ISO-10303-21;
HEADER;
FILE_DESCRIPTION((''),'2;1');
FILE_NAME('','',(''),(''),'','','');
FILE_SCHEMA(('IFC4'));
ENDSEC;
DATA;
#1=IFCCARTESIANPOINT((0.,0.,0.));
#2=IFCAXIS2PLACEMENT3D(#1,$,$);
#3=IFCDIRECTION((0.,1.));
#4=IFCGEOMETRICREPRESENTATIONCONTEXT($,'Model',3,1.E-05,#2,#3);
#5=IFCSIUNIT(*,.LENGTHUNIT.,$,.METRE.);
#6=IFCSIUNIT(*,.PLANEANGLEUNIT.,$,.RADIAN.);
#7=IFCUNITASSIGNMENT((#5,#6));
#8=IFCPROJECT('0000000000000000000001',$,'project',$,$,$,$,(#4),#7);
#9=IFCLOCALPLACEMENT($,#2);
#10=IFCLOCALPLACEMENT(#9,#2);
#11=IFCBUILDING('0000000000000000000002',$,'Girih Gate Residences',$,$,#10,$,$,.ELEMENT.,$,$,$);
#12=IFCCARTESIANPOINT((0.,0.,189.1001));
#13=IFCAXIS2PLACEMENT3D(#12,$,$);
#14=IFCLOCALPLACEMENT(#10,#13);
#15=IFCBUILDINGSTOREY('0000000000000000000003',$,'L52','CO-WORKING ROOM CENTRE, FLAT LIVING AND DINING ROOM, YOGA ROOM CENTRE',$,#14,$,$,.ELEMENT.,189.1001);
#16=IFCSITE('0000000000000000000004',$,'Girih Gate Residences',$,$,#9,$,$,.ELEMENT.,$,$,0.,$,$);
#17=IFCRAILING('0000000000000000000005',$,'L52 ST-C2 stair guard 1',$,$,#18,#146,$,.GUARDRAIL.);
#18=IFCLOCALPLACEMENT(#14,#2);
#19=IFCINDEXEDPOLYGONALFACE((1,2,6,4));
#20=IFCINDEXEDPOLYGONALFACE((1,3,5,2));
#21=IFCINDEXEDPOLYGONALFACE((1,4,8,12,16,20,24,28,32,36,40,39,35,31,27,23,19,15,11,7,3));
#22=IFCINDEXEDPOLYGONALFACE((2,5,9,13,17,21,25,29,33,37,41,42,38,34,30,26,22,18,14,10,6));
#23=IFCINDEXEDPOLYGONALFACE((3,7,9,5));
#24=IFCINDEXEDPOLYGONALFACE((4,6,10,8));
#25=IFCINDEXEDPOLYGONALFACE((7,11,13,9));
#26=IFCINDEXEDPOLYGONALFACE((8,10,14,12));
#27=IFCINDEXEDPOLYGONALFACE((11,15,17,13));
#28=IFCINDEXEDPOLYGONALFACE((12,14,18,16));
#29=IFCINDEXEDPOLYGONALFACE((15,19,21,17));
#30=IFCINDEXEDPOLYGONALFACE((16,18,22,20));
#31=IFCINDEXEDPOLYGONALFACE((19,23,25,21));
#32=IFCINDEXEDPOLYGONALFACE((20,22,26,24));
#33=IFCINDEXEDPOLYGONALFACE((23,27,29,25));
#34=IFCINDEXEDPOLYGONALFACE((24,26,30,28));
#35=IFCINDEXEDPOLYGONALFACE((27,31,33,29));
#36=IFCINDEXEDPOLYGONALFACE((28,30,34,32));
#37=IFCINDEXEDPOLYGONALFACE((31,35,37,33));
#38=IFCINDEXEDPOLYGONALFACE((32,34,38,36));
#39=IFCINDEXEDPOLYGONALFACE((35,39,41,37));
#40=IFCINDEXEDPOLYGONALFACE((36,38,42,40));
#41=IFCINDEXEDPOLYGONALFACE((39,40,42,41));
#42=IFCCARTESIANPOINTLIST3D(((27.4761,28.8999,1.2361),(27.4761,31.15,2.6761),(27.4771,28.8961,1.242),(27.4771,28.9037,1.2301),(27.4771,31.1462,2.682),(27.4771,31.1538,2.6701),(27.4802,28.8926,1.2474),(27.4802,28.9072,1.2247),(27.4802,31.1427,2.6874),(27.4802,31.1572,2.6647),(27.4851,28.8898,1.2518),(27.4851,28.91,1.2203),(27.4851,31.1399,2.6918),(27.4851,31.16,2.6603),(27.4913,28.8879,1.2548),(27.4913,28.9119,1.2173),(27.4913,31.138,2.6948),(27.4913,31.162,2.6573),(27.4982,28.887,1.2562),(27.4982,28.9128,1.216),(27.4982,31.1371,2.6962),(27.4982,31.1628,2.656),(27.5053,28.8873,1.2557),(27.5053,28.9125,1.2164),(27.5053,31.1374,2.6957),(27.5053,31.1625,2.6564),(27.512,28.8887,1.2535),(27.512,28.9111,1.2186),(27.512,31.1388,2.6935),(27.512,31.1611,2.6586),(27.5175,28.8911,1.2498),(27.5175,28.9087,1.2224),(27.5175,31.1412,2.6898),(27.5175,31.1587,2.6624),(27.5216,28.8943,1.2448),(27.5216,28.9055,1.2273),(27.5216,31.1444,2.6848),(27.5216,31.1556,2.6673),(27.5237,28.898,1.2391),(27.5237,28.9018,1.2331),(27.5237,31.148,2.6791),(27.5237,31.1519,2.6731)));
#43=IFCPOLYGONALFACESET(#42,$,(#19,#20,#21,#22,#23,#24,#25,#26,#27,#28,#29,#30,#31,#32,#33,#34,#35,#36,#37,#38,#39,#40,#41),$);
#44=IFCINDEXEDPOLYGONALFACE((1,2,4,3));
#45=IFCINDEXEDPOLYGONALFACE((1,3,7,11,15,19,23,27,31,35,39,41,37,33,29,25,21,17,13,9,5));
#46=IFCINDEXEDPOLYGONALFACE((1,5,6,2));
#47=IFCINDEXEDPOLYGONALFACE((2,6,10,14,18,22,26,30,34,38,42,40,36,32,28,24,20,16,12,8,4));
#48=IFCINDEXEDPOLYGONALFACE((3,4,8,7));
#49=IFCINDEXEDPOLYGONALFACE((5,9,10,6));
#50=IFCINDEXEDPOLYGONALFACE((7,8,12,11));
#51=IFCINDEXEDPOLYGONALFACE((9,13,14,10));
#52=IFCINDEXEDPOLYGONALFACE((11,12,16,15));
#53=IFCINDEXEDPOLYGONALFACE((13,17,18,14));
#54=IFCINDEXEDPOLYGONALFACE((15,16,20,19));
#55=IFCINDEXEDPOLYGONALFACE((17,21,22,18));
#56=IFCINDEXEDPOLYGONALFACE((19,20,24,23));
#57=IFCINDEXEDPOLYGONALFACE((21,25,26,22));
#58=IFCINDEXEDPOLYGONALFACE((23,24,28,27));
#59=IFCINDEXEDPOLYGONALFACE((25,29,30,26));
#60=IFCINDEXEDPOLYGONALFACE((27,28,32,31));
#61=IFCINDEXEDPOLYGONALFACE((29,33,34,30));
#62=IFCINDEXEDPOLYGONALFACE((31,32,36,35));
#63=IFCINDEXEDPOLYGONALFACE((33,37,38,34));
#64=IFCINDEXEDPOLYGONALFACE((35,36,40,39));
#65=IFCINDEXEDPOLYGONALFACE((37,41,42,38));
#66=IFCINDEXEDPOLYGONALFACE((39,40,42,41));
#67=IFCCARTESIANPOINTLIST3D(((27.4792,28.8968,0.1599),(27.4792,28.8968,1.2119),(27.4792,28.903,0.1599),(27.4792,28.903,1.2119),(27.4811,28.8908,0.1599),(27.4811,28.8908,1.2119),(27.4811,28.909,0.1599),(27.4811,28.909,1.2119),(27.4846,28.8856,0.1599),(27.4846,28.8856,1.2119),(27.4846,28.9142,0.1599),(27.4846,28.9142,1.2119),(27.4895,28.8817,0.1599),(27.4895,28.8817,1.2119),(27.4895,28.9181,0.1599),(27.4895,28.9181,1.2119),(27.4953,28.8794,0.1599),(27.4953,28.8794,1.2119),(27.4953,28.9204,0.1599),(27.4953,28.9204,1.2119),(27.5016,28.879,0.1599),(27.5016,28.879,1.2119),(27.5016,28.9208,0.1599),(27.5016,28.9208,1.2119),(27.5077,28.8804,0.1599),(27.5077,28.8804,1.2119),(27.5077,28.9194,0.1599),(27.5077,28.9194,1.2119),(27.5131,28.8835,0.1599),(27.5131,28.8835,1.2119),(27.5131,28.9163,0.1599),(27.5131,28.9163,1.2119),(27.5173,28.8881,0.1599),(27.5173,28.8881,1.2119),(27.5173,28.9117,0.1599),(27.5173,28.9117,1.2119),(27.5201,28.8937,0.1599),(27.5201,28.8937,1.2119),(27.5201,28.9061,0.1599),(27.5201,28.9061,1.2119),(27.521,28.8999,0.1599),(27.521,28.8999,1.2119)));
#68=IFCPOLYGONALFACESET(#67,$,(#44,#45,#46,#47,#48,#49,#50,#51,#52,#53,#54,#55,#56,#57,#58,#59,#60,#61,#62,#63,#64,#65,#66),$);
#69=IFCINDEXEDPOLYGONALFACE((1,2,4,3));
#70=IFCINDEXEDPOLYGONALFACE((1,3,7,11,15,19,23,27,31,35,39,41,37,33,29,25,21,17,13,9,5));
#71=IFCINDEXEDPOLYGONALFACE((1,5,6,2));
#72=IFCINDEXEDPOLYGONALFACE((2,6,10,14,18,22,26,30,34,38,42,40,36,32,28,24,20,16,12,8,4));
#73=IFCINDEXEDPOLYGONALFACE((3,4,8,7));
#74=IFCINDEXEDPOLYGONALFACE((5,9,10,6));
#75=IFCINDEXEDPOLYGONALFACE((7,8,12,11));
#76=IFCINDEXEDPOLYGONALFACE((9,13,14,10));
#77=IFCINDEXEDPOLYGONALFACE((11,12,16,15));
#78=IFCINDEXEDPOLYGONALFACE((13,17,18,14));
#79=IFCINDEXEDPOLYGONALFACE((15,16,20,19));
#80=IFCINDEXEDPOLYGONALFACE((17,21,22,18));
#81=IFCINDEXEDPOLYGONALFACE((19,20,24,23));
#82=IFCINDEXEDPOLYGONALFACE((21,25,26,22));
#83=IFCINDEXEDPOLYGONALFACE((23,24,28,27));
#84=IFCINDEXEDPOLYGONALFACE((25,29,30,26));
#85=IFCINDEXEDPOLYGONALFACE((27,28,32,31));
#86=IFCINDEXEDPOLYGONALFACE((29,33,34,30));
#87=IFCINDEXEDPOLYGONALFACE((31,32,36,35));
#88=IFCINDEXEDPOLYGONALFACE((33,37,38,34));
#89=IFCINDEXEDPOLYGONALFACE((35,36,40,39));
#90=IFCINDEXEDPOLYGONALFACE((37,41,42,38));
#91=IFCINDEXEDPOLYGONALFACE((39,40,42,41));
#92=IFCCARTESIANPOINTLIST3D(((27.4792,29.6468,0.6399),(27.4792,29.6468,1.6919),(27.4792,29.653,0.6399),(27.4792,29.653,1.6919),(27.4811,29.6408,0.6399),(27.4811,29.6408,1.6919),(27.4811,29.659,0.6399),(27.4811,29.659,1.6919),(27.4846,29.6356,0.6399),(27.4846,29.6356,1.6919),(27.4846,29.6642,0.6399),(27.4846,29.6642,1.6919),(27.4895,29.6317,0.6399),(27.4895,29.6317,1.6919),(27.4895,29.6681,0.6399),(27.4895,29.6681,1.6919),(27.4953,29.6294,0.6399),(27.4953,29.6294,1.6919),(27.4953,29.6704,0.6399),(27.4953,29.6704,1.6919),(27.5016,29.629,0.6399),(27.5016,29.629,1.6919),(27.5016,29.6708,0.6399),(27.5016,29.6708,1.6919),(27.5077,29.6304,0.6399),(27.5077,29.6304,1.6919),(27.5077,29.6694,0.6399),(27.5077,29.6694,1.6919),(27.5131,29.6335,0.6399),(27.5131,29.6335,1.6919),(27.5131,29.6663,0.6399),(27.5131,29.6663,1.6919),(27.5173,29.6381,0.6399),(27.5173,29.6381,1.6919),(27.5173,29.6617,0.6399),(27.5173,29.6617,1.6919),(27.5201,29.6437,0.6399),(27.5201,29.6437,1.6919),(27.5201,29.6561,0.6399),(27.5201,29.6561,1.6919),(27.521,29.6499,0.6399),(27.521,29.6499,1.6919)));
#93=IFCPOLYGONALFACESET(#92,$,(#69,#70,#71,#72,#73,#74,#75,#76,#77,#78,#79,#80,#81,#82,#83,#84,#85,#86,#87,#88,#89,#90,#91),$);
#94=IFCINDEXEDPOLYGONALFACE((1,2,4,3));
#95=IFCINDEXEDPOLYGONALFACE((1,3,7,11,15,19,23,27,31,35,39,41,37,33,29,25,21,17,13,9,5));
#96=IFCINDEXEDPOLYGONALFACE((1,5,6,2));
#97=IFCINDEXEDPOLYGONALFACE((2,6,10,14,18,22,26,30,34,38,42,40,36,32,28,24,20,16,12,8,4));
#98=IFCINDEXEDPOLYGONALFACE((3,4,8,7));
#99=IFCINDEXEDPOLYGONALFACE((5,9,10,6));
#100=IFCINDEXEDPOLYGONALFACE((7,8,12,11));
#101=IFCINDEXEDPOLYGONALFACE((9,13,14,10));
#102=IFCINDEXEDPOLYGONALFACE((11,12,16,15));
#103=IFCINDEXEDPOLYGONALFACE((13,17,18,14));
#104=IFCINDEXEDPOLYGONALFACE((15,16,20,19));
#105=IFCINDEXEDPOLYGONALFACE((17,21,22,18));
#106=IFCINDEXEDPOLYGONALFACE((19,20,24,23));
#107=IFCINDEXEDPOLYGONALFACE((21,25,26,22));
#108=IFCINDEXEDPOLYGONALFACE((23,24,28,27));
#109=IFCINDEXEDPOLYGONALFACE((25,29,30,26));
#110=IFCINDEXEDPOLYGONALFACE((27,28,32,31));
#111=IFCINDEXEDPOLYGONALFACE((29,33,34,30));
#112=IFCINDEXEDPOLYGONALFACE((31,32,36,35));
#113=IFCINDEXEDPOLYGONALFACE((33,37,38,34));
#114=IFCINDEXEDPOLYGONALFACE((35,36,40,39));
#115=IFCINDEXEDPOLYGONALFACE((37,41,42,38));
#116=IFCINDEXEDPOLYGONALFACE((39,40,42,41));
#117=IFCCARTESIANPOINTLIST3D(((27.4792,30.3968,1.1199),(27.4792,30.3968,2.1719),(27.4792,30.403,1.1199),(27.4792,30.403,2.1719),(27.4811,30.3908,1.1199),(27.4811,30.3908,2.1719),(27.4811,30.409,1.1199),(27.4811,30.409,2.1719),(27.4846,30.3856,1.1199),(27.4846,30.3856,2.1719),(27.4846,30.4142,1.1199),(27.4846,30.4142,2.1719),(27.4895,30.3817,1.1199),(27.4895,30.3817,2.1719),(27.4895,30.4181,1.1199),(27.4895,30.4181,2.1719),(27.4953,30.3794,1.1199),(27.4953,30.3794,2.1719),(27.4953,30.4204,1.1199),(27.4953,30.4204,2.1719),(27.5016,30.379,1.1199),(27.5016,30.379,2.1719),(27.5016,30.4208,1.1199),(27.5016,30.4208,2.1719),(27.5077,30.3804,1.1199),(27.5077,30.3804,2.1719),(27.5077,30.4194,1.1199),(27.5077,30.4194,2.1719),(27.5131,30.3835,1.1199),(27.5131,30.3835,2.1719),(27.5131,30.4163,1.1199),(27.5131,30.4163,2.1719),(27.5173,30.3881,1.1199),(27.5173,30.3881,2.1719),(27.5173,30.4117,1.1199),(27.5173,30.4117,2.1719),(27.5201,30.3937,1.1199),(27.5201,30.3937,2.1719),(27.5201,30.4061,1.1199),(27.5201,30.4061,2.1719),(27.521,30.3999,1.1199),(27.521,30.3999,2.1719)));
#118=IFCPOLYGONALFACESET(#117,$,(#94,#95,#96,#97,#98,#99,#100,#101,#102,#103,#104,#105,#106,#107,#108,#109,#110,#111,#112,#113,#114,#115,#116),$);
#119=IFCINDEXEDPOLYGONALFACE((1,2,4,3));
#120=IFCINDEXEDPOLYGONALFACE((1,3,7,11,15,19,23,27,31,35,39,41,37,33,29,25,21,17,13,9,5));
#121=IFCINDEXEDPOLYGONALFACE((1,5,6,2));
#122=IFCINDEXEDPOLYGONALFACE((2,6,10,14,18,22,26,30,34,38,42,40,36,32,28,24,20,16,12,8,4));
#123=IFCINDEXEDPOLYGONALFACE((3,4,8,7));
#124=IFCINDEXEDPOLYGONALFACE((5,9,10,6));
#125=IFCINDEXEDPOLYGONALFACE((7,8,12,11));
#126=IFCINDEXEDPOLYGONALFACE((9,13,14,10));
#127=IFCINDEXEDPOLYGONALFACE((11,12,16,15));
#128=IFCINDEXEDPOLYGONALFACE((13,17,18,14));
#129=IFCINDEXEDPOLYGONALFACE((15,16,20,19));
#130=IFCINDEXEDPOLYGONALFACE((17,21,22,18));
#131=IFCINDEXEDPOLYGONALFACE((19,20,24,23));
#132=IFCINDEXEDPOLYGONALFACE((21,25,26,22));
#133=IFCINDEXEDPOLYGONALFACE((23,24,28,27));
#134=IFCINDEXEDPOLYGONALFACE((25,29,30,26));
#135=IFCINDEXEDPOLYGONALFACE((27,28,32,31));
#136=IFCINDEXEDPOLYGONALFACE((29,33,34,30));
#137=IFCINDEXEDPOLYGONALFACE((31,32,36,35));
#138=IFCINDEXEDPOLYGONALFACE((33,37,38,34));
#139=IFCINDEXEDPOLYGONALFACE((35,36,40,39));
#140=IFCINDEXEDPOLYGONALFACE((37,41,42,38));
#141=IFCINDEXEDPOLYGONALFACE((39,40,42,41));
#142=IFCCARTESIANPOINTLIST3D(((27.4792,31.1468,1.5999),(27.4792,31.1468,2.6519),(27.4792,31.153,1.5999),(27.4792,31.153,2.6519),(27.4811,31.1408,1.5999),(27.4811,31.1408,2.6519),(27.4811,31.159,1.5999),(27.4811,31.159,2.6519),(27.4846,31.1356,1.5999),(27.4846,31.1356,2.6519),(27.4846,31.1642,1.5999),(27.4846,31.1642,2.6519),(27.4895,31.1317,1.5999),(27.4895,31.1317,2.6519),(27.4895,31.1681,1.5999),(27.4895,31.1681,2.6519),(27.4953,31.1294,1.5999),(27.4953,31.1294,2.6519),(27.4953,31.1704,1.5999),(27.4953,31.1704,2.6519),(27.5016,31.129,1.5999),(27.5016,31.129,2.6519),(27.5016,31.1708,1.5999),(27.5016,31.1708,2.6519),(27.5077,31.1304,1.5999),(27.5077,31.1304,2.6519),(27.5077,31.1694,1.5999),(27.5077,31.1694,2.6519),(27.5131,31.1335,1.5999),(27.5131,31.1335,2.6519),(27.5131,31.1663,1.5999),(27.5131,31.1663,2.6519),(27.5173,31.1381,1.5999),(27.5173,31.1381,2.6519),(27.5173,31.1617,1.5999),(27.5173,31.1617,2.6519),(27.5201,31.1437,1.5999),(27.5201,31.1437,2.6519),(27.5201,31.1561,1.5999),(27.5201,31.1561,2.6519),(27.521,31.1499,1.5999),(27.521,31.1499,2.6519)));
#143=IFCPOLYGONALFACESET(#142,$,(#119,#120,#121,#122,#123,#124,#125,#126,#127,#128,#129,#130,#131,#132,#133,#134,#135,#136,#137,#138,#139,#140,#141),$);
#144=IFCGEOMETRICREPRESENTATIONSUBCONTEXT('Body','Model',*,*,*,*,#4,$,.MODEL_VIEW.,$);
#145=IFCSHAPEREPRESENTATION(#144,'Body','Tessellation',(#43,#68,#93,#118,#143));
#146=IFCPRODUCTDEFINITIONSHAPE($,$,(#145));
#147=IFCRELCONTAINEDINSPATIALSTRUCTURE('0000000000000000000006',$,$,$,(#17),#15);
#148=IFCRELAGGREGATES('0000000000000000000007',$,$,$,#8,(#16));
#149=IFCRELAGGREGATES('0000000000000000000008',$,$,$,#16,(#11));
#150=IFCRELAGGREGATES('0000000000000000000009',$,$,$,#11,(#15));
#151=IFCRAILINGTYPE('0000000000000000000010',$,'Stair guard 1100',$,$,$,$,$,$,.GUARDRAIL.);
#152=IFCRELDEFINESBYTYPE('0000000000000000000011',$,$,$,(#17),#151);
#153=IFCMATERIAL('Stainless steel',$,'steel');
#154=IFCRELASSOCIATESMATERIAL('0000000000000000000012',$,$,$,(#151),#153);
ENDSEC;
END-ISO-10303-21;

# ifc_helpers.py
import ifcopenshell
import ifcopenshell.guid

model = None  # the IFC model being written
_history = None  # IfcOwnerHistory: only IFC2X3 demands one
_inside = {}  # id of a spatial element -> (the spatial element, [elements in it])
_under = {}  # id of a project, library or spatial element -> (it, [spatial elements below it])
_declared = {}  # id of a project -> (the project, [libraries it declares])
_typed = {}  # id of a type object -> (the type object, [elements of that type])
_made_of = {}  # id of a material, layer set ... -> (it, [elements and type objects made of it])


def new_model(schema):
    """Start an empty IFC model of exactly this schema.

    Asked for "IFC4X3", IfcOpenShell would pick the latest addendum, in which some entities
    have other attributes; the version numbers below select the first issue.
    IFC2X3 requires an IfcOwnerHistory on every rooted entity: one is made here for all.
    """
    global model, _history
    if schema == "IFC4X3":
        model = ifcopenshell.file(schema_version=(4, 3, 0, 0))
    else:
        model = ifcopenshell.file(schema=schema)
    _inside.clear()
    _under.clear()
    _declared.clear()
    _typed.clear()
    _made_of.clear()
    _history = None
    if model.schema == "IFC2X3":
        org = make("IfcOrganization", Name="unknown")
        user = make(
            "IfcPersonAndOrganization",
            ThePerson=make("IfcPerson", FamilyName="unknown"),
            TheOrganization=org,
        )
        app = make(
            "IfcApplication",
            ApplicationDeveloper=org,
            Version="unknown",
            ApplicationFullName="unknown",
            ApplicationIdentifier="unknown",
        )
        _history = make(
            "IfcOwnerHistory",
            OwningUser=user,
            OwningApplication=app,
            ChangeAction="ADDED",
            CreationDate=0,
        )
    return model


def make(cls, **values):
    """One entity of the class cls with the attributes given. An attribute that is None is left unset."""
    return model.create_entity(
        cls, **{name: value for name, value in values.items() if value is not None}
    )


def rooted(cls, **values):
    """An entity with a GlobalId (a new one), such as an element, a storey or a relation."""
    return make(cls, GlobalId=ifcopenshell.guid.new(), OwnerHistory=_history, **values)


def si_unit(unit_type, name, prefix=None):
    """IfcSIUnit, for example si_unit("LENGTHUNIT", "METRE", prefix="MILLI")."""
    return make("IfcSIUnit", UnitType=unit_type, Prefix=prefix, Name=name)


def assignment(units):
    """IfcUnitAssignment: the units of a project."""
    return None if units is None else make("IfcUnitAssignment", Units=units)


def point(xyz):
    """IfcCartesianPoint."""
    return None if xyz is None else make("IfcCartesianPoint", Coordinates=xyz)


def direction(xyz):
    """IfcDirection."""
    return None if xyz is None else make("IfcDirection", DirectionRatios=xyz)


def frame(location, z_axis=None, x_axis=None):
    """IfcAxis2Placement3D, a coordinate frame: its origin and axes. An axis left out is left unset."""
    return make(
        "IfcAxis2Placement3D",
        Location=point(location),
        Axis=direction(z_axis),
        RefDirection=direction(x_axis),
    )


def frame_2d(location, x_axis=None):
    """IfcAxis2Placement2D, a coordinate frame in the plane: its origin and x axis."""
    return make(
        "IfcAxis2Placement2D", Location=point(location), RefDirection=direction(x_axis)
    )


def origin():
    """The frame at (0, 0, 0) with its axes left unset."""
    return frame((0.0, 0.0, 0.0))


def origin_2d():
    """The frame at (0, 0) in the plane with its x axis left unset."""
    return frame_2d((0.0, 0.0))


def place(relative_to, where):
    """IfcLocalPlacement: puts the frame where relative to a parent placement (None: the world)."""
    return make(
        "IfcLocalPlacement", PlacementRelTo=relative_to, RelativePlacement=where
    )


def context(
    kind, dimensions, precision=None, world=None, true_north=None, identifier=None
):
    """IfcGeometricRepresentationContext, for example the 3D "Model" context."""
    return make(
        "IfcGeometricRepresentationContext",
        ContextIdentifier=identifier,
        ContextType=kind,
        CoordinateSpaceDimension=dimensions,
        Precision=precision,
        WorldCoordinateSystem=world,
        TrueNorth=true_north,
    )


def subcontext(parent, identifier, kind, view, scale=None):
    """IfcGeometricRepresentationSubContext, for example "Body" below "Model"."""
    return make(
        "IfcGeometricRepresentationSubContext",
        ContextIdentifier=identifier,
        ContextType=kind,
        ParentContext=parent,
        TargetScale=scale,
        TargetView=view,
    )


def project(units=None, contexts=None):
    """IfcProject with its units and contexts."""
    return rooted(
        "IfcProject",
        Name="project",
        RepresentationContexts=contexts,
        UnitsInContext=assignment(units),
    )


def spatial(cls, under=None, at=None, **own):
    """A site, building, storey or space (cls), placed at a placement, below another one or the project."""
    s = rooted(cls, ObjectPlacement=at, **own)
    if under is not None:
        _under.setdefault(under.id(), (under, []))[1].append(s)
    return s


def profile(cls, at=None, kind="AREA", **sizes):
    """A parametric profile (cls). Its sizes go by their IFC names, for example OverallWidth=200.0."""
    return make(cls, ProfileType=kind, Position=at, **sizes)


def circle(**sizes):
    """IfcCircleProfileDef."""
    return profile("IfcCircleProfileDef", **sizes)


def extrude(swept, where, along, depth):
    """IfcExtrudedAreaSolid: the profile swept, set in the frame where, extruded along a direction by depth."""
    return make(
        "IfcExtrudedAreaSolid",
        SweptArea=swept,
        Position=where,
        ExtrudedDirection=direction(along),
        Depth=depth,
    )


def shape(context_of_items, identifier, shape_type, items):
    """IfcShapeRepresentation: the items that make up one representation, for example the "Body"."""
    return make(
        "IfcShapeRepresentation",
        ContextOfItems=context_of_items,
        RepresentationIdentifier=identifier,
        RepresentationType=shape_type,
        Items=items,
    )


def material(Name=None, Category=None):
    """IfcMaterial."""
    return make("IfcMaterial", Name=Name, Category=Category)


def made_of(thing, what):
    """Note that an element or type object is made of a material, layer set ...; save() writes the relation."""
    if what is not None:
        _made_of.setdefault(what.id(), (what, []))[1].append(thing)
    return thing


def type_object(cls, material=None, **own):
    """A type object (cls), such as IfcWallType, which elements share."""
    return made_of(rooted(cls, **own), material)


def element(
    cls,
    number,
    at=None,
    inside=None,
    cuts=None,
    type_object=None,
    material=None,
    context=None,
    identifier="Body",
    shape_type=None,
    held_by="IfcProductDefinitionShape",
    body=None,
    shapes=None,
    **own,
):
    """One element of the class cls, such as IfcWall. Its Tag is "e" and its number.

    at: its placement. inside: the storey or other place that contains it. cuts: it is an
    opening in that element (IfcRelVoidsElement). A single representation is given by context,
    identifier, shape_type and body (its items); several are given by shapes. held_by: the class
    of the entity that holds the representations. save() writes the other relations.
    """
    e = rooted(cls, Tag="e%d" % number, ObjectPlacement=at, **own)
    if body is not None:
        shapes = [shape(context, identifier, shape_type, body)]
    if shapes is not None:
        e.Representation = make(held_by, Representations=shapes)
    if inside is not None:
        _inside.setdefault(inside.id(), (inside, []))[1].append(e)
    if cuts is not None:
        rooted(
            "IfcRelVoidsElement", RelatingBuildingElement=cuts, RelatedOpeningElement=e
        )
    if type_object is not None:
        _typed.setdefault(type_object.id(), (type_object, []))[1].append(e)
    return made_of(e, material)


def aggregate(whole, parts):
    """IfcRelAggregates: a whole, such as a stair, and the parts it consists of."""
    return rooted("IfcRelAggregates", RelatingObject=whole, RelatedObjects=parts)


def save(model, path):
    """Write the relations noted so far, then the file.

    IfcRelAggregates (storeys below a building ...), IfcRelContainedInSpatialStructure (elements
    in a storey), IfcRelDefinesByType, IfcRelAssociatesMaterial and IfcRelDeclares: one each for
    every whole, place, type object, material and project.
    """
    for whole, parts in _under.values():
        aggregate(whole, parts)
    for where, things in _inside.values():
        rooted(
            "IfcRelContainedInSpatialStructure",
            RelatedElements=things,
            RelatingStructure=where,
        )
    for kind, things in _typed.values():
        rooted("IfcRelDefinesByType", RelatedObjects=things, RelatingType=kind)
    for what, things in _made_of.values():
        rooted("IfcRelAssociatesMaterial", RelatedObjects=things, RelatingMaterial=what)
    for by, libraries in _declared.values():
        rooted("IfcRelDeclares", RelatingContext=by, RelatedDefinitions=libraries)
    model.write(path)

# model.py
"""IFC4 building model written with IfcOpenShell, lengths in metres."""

from ifc_helpers import new_model, si_unit, direction, frame, origin, origin_2d, place, context, subcontext, project, spatial, circle, extrude, material, type_object, element, save


model = new_model("IFC4")

# Units and contexts
model_context = context("Model", 3, precision=1e-05, world=origin(), true_north=direction((0.0, 1.0)))
body_context = subcontext(model_context, "Body", "Model", "MODEL_VIEW")
ifc_project = project(units=[si_unit("LENGTHUNIT", "METRE"), si_unit("PLANEANGLEUNIT", "RADIAN")], contexts=[model_context])

# Site, building, storey
site_placement = place(None, origin())
site = spatial("IfcSite", under=ifc_project, at=site_placement, Name="Girih Gate Residences", CompositionType="ELEMENT", RefElevation=0.0)
building_placement = place(site_placement, origin())
building = spatial("IfcBuilding", under=site, at=building_placement, Name="Girih Gate Residences", CompositionType="ELEMENT")
storey_placement = place(building_placement, frame((0.0, 0.0, 189.1001)))
storey = spatial("IfcBuildingStorey", under=building, at=storey_placement, Name="L52", Description="CO-WORKING ROOM CENTRE, FLAT LIVING AND DINING ROOM, YOGA ROOM CENTRE", CompositionType="ELEMENT", Elevation=189.1001)

# Railing
ifc_material_1 = material(Name="Stainless steel", Category="steel")
railing_type_1 = type_object("IfcRailingType", Name="Stair guard 1100", PredefinedType="GUARDRAIL", material=ifc_material_1)
railing_1_placement = place(storey_placement, frame((27.5, 28.8999, 0.1599)))
element("IfcRailing", 1, at=railing_1_placement, inside=storey, type_object=railing_type_1, Name="L52 ST-C2 stair guard 1", PredefinedType="GUARDRAIL", context=body_context, shape_type="SweptSolid", body=[
    extrude(circle(Radius=0.0239, at=origin_2d()), frame((0.0, 0.0, 1.0762), z_axis=(0.0, 0.842281, 0.539038), x_axis=(-1.0, 0.0, 0.0)), (0.0, 0.0, 1.0), 2.6714),
    extrude(circle(Radius=0.021, at=origin_2d()), origin(), (0.0, 0.0, 1.0), 1.052),
    extrude(circle(Radius=0.021, at=origin_2d()), frame((0.0, 0.75, 0.48)), (0.0, 0.0, 1.0), 1.052),
    extrude(circle(Radius=0.021, at=origin_2d()), frame((0.0, 1.5, 0.96)), (0.0, 0.0, 1.0), 1.052),
    extrude(circle(Radius=0.021, at=origin_2d()), frame((0.0, 2.25, 1.4399)), (0.0, 0.0, 1.0), 1.052),
])

save(model, "model.ifc")
